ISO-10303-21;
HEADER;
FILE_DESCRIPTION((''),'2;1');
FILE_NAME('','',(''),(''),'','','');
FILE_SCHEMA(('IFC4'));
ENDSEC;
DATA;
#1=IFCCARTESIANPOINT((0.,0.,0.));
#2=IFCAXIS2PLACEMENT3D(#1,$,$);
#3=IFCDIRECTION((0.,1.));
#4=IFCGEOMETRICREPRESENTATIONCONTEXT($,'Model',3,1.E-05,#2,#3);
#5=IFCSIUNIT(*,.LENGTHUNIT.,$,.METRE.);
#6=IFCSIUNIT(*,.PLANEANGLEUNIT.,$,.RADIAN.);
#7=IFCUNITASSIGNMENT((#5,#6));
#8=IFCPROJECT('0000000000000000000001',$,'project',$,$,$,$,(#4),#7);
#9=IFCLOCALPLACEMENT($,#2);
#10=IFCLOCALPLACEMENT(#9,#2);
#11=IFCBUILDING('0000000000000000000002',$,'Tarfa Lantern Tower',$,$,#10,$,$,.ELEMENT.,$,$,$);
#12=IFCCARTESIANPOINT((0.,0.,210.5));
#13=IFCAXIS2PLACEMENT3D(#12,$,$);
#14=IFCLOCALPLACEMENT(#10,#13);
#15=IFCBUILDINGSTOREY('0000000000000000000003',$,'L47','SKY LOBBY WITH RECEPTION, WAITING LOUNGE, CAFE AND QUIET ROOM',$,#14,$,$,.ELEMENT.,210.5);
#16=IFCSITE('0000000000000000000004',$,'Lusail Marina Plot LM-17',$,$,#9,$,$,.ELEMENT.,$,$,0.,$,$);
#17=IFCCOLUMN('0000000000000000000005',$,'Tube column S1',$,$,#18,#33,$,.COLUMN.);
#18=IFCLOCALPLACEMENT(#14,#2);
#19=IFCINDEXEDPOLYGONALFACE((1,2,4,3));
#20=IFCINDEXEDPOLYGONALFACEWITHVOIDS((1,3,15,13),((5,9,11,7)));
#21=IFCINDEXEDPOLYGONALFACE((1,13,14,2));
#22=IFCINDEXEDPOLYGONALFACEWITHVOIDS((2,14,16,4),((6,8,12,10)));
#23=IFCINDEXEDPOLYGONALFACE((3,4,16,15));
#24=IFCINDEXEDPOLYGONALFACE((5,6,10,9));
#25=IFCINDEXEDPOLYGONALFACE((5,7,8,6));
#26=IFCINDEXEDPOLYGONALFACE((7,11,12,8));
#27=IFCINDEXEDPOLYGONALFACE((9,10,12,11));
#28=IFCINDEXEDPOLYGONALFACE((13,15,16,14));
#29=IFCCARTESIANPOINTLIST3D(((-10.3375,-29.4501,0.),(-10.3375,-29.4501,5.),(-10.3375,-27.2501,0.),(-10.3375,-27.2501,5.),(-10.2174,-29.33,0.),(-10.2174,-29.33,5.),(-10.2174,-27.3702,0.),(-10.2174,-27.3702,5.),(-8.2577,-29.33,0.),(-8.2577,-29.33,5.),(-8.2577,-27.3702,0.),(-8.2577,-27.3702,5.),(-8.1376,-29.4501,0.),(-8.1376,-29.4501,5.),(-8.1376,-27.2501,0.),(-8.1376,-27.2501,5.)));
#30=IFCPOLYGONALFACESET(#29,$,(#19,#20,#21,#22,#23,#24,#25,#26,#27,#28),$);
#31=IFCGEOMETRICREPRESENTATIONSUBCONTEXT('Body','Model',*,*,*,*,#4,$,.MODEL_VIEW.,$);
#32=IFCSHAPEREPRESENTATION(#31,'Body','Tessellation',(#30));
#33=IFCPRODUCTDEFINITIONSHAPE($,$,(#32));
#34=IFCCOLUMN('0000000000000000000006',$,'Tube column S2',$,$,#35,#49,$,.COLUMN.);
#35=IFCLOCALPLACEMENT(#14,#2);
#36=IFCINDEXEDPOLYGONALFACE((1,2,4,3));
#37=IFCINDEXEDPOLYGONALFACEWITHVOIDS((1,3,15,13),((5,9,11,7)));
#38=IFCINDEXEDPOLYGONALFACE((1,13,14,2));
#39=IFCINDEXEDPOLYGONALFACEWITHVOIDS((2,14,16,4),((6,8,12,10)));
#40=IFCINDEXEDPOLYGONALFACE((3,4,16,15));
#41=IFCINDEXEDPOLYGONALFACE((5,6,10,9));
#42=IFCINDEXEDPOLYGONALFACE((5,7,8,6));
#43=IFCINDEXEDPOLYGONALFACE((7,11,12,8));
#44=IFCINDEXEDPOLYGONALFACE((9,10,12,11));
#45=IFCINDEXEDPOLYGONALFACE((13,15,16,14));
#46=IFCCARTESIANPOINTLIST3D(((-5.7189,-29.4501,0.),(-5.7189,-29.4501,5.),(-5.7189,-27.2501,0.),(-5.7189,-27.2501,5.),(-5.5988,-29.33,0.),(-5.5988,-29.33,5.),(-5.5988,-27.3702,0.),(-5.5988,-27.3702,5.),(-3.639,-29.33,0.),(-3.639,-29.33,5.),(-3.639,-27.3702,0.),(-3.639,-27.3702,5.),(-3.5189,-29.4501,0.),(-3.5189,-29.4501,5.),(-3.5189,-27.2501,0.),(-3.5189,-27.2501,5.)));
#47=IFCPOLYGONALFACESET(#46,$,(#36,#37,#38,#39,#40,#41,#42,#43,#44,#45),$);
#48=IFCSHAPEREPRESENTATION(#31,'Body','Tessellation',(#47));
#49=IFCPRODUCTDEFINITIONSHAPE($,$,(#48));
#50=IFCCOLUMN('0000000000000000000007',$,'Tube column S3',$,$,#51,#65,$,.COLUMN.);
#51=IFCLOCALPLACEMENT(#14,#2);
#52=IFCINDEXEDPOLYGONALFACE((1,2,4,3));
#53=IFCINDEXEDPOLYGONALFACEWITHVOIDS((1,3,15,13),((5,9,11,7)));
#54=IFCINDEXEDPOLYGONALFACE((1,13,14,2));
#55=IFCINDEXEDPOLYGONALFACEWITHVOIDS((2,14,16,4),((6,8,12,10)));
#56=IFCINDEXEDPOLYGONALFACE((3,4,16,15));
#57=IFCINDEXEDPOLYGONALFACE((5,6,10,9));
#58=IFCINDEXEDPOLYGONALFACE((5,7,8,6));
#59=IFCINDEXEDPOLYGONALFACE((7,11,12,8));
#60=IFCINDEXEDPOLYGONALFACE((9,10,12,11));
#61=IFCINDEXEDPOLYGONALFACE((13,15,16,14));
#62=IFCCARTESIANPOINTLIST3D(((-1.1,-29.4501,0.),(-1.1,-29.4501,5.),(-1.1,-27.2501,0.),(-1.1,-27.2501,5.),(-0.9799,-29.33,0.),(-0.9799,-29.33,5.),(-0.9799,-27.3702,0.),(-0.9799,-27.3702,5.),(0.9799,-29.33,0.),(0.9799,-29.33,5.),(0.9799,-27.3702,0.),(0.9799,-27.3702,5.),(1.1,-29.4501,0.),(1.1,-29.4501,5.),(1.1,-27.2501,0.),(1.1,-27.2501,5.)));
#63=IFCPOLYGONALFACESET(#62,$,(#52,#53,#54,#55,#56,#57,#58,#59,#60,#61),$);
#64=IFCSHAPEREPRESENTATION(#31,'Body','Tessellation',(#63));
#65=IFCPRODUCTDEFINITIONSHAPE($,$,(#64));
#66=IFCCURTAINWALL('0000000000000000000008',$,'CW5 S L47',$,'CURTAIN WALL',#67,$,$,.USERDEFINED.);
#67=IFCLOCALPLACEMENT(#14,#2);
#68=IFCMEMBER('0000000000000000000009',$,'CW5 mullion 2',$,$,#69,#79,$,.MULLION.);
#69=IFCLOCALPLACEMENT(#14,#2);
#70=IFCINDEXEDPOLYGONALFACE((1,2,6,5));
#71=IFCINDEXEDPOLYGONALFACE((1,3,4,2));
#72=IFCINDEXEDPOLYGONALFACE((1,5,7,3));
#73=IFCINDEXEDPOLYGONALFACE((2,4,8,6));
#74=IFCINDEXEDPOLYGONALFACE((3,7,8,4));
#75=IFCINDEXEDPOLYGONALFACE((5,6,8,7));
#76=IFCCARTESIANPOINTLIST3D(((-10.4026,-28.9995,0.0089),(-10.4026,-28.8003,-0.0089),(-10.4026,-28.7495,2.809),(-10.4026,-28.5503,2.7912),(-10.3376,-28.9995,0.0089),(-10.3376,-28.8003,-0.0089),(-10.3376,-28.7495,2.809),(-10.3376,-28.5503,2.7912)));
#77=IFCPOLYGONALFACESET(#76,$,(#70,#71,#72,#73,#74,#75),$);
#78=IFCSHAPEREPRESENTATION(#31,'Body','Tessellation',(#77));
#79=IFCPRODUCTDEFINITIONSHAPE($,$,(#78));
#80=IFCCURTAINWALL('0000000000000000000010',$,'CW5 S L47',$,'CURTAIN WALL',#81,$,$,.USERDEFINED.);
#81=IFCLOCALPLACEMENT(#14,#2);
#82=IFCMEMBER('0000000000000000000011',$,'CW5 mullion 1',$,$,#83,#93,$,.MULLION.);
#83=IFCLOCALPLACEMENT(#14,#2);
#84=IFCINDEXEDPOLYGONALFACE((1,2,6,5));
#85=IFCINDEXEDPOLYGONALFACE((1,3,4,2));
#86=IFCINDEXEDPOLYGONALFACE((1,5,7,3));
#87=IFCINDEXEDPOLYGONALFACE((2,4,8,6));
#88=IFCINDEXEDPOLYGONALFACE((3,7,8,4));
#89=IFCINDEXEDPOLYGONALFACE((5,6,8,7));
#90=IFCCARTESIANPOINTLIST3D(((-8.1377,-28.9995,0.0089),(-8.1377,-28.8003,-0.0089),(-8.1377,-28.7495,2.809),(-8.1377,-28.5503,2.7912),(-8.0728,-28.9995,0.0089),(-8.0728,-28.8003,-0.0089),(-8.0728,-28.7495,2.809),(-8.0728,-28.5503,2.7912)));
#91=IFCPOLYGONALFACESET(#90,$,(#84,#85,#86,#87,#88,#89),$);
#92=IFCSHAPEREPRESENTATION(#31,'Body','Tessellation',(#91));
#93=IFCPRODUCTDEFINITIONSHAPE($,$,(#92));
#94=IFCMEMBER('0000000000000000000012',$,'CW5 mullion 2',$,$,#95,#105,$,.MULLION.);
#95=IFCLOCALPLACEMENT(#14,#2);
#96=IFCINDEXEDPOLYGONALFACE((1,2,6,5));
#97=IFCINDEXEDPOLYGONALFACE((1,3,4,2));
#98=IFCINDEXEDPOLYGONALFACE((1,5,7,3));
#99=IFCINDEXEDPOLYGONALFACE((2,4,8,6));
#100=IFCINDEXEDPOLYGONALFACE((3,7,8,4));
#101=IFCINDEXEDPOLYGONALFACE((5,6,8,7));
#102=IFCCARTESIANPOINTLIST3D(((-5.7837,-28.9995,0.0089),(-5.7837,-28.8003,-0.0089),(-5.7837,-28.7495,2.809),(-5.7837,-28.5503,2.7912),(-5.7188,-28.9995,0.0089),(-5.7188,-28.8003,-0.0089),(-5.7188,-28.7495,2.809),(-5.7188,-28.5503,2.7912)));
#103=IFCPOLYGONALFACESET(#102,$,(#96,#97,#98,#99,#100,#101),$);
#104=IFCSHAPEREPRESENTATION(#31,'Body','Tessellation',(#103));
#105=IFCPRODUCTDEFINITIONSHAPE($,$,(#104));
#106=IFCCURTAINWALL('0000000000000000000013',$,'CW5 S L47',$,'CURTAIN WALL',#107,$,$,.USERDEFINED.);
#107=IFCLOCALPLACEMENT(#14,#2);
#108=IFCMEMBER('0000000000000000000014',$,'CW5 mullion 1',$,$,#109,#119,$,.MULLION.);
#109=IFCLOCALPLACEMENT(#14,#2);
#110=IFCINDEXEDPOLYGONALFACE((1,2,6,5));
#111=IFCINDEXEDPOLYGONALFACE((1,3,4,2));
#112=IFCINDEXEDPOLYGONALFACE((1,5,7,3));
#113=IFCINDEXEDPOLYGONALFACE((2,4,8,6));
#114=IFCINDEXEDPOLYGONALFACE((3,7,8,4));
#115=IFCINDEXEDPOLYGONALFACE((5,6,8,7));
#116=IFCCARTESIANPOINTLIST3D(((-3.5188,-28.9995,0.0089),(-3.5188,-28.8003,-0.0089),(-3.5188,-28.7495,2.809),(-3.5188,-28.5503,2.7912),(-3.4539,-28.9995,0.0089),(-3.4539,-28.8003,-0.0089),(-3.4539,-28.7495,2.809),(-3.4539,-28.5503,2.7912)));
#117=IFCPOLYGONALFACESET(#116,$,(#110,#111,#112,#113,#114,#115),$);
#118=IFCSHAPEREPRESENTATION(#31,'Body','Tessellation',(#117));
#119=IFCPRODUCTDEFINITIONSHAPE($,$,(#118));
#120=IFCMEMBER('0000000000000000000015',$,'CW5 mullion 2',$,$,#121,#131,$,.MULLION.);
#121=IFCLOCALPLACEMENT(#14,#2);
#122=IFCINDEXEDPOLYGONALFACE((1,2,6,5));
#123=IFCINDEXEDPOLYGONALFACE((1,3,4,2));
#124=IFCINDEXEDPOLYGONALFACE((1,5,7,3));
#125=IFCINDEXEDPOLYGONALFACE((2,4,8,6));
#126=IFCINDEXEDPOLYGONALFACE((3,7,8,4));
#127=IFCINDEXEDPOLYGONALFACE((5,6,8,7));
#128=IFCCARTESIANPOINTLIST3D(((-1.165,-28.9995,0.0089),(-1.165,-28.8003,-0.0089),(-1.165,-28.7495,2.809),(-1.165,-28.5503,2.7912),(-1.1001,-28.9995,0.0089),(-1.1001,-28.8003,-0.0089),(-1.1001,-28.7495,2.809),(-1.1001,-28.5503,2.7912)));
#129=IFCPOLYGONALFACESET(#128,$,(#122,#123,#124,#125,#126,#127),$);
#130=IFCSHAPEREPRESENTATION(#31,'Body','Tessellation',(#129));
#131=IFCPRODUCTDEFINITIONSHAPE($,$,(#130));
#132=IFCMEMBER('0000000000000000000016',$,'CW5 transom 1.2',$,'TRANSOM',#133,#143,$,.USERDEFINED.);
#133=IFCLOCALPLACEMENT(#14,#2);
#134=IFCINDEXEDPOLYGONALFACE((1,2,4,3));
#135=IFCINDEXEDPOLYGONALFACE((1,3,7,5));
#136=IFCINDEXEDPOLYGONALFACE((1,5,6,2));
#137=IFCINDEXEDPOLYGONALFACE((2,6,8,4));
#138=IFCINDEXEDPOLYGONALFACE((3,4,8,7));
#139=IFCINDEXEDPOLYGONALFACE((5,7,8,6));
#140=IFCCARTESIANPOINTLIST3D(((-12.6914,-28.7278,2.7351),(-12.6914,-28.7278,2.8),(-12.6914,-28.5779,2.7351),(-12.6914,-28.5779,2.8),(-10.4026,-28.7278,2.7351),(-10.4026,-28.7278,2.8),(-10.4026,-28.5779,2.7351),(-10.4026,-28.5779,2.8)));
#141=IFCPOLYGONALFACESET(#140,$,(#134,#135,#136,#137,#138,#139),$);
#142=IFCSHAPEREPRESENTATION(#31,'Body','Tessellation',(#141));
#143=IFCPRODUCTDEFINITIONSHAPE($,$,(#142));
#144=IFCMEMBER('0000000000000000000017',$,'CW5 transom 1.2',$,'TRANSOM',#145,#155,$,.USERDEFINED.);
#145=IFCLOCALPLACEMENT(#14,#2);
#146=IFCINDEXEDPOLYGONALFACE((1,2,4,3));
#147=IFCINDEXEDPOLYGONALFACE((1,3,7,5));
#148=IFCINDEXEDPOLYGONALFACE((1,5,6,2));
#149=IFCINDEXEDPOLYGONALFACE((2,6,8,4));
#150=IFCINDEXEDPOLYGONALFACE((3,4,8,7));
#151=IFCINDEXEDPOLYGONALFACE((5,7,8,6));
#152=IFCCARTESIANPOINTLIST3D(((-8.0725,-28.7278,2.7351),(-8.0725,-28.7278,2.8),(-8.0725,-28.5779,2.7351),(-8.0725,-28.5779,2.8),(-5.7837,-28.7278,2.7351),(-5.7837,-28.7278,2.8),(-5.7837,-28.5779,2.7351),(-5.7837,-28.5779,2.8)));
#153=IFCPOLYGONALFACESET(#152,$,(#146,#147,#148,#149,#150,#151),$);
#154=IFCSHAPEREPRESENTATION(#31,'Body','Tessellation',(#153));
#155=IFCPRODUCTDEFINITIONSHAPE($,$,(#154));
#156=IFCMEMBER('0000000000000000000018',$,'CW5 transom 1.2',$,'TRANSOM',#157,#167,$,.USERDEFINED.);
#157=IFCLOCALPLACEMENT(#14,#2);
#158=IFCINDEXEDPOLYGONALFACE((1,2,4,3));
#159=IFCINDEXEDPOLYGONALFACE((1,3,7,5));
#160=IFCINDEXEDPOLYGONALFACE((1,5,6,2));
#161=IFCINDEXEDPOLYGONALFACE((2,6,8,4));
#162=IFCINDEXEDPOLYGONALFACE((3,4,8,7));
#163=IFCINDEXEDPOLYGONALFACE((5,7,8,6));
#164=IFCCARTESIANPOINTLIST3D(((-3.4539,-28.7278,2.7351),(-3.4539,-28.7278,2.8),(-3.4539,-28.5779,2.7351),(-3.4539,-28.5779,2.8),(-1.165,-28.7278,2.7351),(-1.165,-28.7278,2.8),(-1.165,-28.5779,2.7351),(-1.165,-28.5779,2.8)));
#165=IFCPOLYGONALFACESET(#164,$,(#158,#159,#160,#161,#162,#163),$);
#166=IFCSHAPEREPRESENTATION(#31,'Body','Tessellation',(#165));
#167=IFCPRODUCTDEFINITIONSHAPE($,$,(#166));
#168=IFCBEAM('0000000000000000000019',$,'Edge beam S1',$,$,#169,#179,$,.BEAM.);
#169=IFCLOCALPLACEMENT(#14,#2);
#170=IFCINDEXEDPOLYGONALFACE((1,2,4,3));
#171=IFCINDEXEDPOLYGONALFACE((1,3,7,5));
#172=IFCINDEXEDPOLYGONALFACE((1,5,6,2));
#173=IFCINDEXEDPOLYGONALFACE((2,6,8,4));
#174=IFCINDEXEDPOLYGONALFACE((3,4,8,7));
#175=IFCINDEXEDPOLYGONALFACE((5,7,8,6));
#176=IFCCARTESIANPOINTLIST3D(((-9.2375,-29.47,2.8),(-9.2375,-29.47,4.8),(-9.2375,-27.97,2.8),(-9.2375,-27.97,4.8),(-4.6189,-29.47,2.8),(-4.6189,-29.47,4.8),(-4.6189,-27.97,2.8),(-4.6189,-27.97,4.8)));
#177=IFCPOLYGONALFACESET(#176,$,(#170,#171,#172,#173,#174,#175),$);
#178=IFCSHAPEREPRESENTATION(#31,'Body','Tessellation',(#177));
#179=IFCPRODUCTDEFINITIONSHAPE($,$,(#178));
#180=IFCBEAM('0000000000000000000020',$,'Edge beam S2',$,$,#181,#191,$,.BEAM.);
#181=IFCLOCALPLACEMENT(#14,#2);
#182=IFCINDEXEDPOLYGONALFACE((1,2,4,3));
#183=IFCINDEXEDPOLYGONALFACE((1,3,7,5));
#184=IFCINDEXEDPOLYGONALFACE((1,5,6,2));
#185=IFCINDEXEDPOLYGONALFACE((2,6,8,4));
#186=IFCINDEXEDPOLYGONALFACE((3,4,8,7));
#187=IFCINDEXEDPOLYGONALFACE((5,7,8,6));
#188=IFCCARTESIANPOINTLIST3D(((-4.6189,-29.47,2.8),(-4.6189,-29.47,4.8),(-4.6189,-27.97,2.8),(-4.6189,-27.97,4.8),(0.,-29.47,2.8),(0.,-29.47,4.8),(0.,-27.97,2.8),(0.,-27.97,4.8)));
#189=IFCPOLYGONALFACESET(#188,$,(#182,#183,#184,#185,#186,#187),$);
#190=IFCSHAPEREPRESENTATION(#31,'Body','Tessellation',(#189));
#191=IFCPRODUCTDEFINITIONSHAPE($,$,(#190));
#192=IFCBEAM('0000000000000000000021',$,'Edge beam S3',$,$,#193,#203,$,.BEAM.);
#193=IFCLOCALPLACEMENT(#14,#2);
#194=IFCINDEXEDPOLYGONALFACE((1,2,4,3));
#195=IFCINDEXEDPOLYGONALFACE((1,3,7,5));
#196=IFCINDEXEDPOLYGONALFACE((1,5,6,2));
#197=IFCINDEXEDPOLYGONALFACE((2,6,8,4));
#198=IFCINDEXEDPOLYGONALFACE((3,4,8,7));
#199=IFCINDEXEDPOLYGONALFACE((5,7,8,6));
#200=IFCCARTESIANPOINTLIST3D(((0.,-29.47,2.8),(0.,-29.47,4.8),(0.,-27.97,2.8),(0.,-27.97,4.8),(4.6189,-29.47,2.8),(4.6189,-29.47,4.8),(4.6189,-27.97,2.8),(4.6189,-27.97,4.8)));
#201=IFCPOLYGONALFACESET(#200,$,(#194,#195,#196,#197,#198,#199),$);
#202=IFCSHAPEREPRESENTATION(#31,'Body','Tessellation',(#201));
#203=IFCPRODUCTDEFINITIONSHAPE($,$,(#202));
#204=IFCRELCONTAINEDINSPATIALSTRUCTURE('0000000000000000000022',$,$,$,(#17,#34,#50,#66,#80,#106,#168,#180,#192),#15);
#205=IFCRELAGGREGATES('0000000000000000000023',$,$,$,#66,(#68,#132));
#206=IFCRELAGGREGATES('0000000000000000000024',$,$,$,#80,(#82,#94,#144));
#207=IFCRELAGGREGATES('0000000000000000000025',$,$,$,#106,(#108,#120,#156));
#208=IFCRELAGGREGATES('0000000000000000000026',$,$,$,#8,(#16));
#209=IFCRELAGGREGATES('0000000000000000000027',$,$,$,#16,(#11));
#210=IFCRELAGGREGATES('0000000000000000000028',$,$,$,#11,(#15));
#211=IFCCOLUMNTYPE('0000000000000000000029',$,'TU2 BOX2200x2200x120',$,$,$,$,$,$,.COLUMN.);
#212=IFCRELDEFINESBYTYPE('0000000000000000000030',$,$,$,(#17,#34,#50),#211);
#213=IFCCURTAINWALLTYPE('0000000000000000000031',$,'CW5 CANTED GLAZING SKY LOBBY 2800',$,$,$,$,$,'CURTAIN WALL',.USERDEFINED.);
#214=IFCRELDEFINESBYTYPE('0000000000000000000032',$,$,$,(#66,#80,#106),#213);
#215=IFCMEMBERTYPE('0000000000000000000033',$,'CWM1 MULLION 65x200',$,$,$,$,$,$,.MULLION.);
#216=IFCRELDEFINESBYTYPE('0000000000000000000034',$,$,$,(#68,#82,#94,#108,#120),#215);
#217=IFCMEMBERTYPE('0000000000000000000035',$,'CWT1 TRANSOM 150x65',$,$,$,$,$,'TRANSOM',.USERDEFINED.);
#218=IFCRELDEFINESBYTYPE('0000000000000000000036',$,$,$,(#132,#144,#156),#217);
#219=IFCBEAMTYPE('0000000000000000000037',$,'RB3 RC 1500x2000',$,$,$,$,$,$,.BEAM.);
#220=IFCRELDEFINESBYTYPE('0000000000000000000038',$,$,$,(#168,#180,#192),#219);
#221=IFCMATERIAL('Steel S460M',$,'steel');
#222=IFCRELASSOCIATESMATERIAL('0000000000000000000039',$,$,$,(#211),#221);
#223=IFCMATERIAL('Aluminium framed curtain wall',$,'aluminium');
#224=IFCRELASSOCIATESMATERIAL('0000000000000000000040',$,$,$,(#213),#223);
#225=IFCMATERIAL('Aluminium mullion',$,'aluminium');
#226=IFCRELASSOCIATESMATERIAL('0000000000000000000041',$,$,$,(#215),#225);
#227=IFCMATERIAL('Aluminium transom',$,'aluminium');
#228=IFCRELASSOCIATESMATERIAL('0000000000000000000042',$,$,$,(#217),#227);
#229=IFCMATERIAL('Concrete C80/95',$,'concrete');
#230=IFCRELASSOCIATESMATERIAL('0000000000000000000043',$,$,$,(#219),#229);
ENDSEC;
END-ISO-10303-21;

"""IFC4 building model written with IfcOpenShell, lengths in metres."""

from ifc_helpers import new_model, si_unit, direction, frame, origin, origin_2d, place, context, subcontext, project, spatial, rectangle, hollow_rectangle, extrude, material, material_profile, profile_set, type_object, element, aggregate, save


model = new_model("IFC4")

# Units and contexts
model_context = context("Model", 3, precision=1e-05, world=origin(), true_north=direction((0.0, 1.0)))
body_context = subcontext(model_context, "Body", "Model", "MODEL_VIEW")
ifc_project = project(units=[si_unit("LENGTHUNIT", "METRE"), si_unit("PLANEANGLEUNIT", "RADIAN")], contexts=[model_context])

# Site, building, storey
site_placement = place(None, origin())
site = spatial("IfcSite", under=ifc_project, at=site_placement, Name="Lusail Marina Plot LM-17", CompositionType="ELEMENT", RefElevation=0.0)
building_placement = place(site_placement, origin())
building = spatial("IfcBuilding", under=site, at=building_placement, Name="Tarfa Lantern Tower", CompositionType="ELEMENT")
storey_placement = place(building_placement, frame((0.0, 0.0, 210.5)))
storey = spatial("IfcBuildingStorey", under=building, at=storey_placement, Name="L47", Description="SKY LOBBY WITH RECEPTION, WAITING LOUNGE, CAFE AND QUIET ROOM", CompositionType="ELEMENT", Elevation=210.5)

# Columns
ifc_material_1 = material(Name="Steel S460M", Category="steel")
ifc_material_profile_1 = material_profile(ifc_material_1, hollow_rectangle(XDim=2.2, YDim=2.2, WallThickness=0.1201, at=origin_2d()), Name="BOX2200x2200x120")
ifc_profile_set_1 = profile_set([ifc_material_profile_1], Name="Steel S460M")
column_type = type_object("IfcColumnType", Name="TU2 BOX2200x2200x120", PredefinedType="COLUMN", material=ifc_profile_set_1)
for number, where, z_axis, x_axis, name in (
    (1, (-9.2375, -28.3501, 0.0), (0.0, 0.0, 1.0), (1.0, 0.0, 0.0), "Tube column S1"),
    (2, (-4.6189, -28.3501, 0.0), (0.0, 0.0, 1.0), (1.0, 0.0, 0.0), "Tube column S2"),
    (3, (0.0, -28.3501, 0.0), (0.0, 0.0, 1.0), (1.0, 0.0, 0.0), "Tube column S3"),
):
    element("IfcColumn", number, at=place(storey_placement, frame(where, z_axis=z_axis, x_axis=x_axis)), inside=storey, type_object=column_type, Name=name, PredefinedType="COLUMN", context=body_context, shape_type="SweptSolid", body=[
        extrude(hollow_rectangle(XDim=2.2, YDim=2.2, WallThickness=0.1201, at=origin_2d()), origin(), (0.0, 0.0, 1.0), 5.0),
    ])

# Curtain wall, member
ifc_material_2 = material(Name="Aluminium framed curtain wall", Category="aluminium")
curtain_wall_type = type_object("IfcCurtainWallType", Name="CW5 CANTED GLAZING SKY LOBBY 2800", ElementType="CURTAIN WALL", PredefinedType="USERDEFINED", material=ifc_material_2)
curtain_wall_1_placement = place(storey_placement, origin())
curtain_wall_1 = element("IfcCurtainWall", 4, at=curtain_wall_1_placement, inside=storey, type_object=curtain_wall_type, Name="CW5 S L47", ObjectType="CURTAIN WALL", PredefinedType="USERDEFINED")
ifc_material_3 = material(Name="Aluminium mullion", Category="aluminium")
ifc_material_profile_2 = material_profile(ifc_material_3, rectangle(XDim=0.0649, YDim=0.2, at=origin_2d()), Name="AL MULLION 65x200")
ifc_profile_set_2 = profile_set([ifc_material_profile_2], Name="Aluminium mullion")
member_type_1 = type_object("IfcMemberType", Name="CWM1 MULLION 65x200", PredefinedType="MULLION", material=ifc_profile_set_2)
member_1_placement = place(storey_placement, frame((-10.3701, -28.8999, 0.0), z_axis=(0.0, 0.08893, 0.996038), x_axis=(-1.0, 0.0, 0.0)))
member_1 = element("IfcMember", 5, at=member_1_placement, type_object=member_type_1, Name="CW5 mullion 2", PredefinedType="MULLION", context=body_context, shape_type="SweptSolid", body=[
    extrude(rectangle(XDim=0.0649, YDim=0.2, at=origin_2d()), origin(), (0.0, 0.0, 1.0), 2.8113),
])

# Curtain walls, members
curtain_wall_2_placement = place(storey_placement, origin())
curtain_wall_2 = element("IfcCurtainWall", 6, at=curtain_wall_2_placement, inside=storey, type_object=curtain_wall_type, Name="CW5 S L47", ObjectType="CURTAIN WALL", PredefinedType="USERDEFINED")
member_2_placement = place(storey_placement, frame((-8.1052, -28.8999, 0.0), z_axis=(0.0, 0.08893, 0.996038), x_axis=(-1.0, 0.0, 0.0)))
member_2 = element("IfcMember", 7, at=member_2_placement, type_object=member_type_1, Name="CW5 mullion 1", PredefinedType="MULLION", context=body_context, shape_type="SweptSolid", body=[
    extrude(rectangle(XDim=0.0649, YDim=0.2, at=origin_2d()), origin(), (0.0, 0.0, 1.0), 2.8113),
])
member_3_placement = place(storey_placement, frame((-5.7512, -28.8999, 0.0), z_axis=(0.0, 0.08893, 0.996038), x_axis=(-1.0, 0.0, 0.0)))
member_3 = element("IfcMember", 8, at=member_3_placement, type_object=member_type_1, Name="CW5 mullion 2", PredefinedType="MULLION", context=body_context, shape_type="SweptSolid", body=[
    extrude(rectangle(XDim=0.0649, YDim=0.2, at=origin_2d()), origin(), (0.0, 0.0, 1.0), 2.8113),
])
curtain_wall_3_placement = place(storey_placement, origin())
curtain_wall_3 = element("IfcCurtainWall", 9, at=curtain_wall_3_placement, inside=storey, type_object=curtain_wall_type, Name="CW5 S L47", ObjectType="CURTAIN WALL", PredefinedType="USERDEFINED")
member_4_placement = place(storey_placement, frame((-3.4863, -28.8999, 0.0), z_axis=(0.0, 0.08893, 0.996038), x_axis=(-1.0, 0.0, 0.0)))
member_4 = element("IfcMember", 10, at=member_4_placement, type_object=member_type_1, Name="CW5 mullion 1", PredefinedType="MULLION", context=body_context, shape_type="SweptSolid", body=[
    extrude(rectangle(XDim=0.0649, YDim=0.2, at=origin_2d()), origin(), (0.0, 0.0, 1.0), 2.8113),
])
member_5_placement = place(storey_placement, frame((-1.1326, -28.8999, 0.0), z_axis=(0.0, 0.08893, 0.996038), x_axis=(-1.0, 0.0, 0.0)))
member_5 = element("IfcMember", 11, at=member_5_placement, type_object=member_type_1, Name="CW5 mullion 2", PredefinedType="MULLION", context=body_context, shape_type="SweptSolid", body=[
    extrude(rectangle(XDim=0.0649, YDim=0.2, at=origin_2d()), origin(), (0.0, 0.0, 1.0), 2.8113),
])

# Members
ifc_material_4 = material(Name="Aluminium transom", Category="aluminium")
ifc_material_profile_3 = material_profile(ifc_material_4, rectangle(XDim=0.1499, YDim=0.0649, at=origin_2d()), Name="AL TRANSOM 150x65")
ifc_profile_set_3 = profile_set([ifc_material_profile_3], Name="Aluminium transom")
member_type_2 = type_object("IfcMemberType", Name="CWT1 TRANSOM 150x65", ElementType="TRANSOM", PredefinedType="USERDEFINED", material=ifc_profile_set_3)
member_6_placement = place(storey_placement, frame((-12.6914, -28.6528, 2.7676), z_axis=(1.0, 0.0, 0.0), x_axis=(0.0, 1.0, 0.0)))
member_6 = element("IfcMember", 12, at=member_6_placement, type_object=member_type_2, Name="CW5 transom 1.2", ObjectType="TRANSOM", PredefinedType="USERDEFINED", context=body_context, shape_type="SweptSolid", body=[
    extrude(rectangle(XDim=0.1499, YDim=0.0649, at=origin_2d()), origin(), (0.0, 0.0, 1.0), 2.2888),
])
aggregate(curtain_wall_1, [member_1, member_6])
member_7_placement = place(storey_placement, frame((-8.0725, -28.6528, 2.7676), z_axis=(1.0, 0.0, 0.0), x_axis=(0.0, 1.0, 0.0)))
member_7 = element("IfcMember", 13, at=member_7_placement, type_object=member_type_2, Name="CW5 transom 1.2", ObjectType="TRANSOM", PredefinedType="USERDEFINED", context=body_context, shape_type="SweptSolid", body=[
    extrude(rectangle(XDim=0.1499, YDim=0.0649, at=origin_2d()), origin(), (0.0, 0.0, 1.0), 2.2888),
])
member_8_placement = place(storey_placement, frame((-3.4539, -28.6528, 2.7676), z_axis=(1.0, 0.0, 0.0), x_axis=(0.0, 1.0, 0.0)))
member_8 = element("IfcMember", 14, at=member_8_placement, type_object=member_type_2, Name="CW5 transom 1.2", ObjectType="TRANSOM", PredefinedType="USERDEFINED", context=body_context, shape_type="SweptSolid", body=[
    extrude(rectangle(XDim=0.1499, YDim=0.0649, at=origin_2d()), origin(), (0.0, 0.0, 1.0), 2.2888),
])

# Beams
ifc_material_5 = material(Name="Concrete C80/95", Category="concrete")
ifc_material_profile_4 = material_profile(ifc_material_5, rectangle(XDim=1.5, YDim=2.0, at=origin_2d()), Name="RC 1500x2000")
ifc_profile_set_4 = profile_set([ifc_material_profile_4], Name="Concrete C80/95")
beam_type_1 = type_object("IfcBeamType", Name="RB3 RC 1500x2000", PredefinedType="BEAM", material=ifc_profile_set_4)
beam_placement = place(storey_placement, frame((-9.2375, -28.72, 3.8), z_axis=(1.0, 0.0, 0.0), x_axis=(0.0, 1.0, 0.0)))
element("IfcBeam", 15, at=beam_placement, inside=storey, type_object=beam_type_1, Name="Edge beam S1", PredefinedType="BEAM", context=body_context, shape_type="SweptSolid", body=[
    extrude(rectangle(XDim=1.5, YDim=2.0, at=origin_2d()), origin(), (0.0, 0.0, 1.0), 4.6187),
])
for number, where, z_axis, x_axis, name in (
    (16, (-4.6189, -28.72, 3.8), (1.0, 0.0, 0.0), (0.0, 1.0, 0.0), "Edge beam S2"),
    (17, (0.0, -28.72, 3.8), (1.0, 0.0, 0.0), (0.0, 1.0, 0.0), "Edge beam S3"),
):
    element("IfcBeam", number, at=place(storey_placement, frame(where, z_axis=z_axis, x_axis=x_axis)), inside=storey, type_object=beam_type_1, Name=name, PredefinedType="BEAM", context=body_context, shape_type="SweptSolid", body=[
        extrude(rectangle(XDim=1.5, YDim=2.0, at=origin_2d()), origin(), (0.0, 0.0, 1.0), 4.6189),
    ])

aggregate(curtain_wall_2, [member_2, member_3, member_7])
aggregate(curtain_wall_3, [member_4, member_5, member_8])

save(model, "model.ifc")
